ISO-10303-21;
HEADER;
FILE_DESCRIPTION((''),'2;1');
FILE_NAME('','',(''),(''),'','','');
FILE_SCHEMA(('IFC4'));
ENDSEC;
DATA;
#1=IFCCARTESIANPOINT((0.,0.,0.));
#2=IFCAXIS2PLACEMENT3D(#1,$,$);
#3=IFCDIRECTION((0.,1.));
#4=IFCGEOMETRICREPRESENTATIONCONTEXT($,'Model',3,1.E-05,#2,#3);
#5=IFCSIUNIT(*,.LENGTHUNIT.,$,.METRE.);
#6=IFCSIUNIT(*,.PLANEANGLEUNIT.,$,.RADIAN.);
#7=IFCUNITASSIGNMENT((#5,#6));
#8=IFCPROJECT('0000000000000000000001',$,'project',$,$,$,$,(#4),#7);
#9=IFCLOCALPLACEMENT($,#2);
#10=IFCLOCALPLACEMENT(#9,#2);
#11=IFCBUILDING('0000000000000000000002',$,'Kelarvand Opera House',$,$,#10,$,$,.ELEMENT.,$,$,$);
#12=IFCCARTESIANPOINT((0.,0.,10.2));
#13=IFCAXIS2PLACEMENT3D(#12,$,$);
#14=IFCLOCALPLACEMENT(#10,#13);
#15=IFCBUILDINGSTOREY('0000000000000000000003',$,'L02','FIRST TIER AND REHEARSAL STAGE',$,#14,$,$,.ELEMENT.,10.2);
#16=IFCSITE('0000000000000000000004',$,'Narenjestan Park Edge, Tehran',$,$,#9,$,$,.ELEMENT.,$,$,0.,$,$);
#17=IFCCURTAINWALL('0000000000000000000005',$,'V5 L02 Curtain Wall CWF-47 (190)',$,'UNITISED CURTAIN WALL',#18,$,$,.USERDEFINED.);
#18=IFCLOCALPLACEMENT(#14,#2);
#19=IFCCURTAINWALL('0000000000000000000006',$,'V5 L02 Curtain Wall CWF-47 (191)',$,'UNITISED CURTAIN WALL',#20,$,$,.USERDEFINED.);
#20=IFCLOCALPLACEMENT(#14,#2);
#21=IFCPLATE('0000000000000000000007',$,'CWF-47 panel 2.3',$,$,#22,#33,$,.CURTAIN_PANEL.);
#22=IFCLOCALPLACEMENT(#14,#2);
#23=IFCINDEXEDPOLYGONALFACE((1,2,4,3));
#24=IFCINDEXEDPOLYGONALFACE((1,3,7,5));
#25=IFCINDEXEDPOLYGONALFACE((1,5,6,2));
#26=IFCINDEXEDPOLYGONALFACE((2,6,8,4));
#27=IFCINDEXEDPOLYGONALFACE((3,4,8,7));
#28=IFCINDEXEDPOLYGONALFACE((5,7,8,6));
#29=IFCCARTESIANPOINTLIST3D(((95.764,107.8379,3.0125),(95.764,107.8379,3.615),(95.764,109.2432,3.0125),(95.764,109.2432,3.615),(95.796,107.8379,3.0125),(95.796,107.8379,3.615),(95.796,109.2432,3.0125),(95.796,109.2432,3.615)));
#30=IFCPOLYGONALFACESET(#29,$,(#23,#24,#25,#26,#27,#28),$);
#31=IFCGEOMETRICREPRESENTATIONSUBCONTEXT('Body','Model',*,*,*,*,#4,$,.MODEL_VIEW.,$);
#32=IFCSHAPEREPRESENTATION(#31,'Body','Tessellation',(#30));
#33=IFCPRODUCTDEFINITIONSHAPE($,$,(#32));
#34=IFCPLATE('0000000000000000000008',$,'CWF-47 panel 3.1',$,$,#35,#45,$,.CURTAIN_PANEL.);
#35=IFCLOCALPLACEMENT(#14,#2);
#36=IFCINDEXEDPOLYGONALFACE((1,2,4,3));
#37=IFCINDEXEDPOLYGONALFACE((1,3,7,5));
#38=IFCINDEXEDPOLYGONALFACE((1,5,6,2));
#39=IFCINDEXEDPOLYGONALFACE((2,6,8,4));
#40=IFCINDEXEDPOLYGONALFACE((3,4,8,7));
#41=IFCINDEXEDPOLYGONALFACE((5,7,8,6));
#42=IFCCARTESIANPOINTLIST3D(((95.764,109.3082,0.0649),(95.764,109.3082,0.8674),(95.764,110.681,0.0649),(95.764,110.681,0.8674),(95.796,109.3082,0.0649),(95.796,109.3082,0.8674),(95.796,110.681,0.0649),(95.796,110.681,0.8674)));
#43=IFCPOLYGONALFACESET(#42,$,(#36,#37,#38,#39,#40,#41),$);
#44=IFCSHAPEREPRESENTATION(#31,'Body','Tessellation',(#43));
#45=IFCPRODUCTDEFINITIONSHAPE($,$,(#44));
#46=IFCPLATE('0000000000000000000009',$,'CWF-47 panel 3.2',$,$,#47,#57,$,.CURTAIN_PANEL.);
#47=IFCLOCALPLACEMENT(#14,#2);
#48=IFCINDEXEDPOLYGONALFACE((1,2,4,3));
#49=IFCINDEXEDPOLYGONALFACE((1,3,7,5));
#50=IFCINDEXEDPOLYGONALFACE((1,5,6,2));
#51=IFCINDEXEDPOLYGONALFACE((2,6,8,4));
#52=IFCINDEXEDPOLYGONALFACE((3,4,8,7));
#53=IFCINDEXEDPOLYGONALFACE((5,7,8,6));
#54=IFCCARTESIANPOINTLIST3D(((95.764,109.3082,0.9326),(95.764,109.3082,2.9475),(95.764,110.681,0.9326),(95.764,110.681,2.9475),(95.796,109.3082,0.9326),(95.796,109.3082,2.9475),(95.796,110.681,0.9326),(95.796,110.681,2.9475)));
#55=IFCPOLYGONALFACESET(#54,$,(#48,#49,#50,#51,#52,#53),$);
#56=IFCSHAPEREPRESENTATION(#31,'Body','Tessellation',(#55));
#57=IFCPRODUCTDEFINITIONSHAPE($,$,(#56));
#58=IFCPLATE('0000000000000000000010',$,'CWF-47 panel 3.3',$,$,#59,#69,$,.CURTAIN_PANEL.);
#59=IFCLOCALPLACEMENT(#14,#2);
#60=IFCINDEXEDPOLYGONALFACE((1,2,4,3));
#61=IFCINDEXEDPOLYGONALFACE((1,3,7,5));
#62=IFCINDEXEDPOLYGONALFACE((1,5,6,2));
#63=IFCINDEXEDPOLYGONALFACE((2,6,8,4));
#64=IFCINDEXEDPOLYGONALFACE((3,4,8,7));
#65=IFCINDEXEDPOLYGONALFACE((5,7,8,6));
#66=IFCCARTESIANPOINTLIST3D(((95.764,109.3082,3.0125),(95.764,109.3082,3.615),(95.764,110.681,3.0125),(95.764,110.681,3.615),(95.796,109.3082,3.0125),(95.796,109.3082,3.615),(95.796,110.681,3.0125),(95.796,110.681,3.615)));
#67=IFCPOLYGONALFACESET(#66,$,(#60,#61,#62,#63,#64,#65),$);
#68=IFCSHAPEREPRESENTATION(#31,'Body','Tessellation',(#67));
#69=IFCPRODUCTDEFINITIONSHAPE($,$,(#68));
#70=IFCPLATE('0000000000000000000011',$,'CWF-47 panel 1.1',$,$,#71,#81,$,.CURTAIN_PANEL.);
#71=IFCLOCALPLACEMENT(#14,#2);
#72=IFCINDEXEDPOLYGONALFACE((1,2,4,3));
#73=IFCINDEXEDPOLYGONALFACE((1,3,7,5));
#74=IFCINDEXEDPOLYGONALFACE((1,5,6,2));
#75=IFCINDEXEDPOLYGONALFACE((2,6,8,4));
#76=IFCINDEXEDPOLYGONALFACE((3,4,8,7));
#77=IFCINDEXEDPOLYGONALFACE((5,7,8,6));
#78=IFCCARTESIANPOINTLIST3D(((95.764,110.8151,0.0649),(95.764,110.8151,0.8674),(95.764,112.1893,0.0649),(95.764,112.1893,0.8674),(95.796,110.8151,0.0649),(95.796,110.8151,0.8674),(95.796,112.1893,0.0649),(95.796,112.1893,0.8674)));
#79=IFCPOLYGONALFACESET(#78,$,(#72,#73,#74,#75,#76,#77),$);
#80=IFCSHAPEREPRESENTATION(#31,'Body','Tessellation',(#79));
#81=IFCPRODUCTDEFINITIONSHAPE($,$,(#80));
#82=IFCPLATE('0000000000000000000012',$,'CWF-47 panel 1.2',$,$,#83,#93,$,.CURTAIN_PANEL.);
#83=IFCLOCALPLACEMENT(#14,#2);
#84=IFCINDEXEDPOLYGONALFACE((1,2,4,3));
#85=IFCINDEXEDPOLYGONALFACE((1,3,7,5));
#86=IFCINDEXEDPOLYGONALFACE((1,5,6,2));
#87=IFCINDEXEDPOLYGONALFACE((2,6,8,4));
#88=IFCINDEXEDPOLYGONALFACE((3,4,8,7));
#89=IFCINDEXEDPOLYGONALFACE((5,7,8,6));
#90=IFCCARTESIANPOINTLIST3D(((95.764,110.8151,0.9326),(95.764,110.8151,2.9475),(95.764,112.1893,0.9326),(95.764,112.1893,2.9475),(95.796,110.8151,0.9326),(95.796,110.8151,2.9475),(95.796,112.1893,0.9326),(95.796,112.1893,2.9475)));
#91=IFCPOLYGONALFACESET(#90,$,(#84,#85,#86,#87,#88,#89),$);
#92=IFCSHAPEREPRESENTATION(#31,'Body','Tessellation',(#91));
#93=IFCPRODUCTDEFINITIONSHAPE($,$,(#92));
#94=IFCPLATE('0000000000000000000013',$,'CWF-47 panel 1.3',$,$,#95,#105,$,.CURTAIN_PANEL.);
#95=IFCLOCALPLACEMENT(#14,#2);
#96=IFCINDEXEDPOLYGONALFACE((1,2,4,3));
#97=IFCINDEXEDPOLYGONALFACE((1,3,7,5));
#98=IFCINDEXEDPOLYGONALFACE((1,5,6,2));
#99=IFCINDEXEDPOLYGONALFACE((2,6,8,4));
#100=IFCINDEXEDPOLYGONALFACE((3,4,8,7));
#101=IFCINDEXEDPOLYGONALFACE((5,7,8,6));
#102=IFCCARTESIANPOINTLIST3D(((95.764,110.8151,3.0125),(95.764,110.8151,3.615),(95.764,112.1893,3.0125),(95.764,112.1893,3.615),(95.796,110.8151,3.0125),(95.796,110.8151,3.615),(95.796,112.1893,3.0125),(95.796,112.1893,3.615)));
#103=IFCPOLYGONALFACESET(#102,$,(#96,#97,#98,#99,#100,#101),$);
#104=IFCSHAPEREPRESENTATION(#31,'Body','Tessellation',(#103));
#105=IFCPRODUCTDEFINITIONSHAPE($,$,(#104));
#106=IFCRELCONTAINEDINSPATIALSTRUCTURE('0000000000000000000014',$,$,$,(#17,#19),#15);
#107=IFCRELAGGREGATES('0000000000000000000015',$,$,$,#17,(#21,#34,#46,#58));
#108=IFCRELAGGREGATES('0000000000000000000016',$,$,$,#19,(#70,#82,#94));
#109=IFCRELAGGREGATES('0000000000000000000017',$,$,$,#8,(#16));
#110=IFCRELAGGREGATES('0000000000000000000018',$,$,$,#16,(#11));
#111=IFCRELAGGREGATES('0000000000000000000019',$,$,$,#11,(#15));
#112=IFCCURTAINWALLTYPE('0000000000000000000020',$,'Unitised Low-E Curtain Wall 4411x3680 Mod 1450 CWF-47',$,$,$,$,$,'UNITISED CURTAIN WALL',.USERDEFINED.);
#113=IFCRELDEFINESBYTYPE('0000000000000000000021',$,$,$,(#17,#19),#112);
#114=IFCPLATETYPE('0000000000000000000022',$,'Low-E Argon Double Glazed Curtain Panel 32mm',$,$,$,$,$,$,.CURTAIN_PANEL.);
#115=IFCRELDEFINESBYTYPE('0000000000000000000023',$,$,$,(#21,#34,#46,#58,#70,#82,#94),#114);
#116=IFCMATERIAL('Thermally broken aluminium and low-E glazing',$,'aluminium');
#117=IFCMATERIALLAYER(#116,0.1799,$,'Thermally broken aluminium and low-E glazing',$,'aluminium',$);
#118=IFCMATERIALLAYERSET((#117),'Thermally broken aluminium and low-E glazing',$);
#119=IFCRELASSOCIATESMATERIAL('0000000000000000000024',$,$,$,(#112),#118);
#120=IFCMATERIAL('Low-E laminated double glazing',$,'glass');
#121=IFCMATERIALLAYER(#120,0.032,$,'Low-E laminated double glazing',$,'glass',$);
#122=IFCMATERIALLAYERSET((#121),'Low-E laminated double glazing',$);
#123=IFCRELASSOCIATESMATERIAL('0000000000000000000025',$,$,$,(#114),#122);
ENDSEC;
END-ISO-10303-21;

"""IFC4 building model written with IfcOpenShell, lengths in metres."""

from ifc_helpers import new_model, si_unit, direction, frame, origin, origin_2d, place, context, subcontext, project, spatial, rectangle, extrude, material, layer, layer_set, type_object, element, aggregate, save


model = new_model("IFC4")

# Units and contexts
model_context = context("Model", 3, precision=1e-05, world=origin(), true_north=direction((0.0, 1.0)))
body_context = subcontext(model_context, "Body", "Model", "MODEL_VIEW")
ifc_project = project(units=[si_unit("LENGTHUNIT", "METRE"), si_unit("PLANEANGLEUNIT", "RADIAN")], contexts=[model_context])

# Site, building, storey
site_placement = place(None, origin())
site = spatial("IfcSite", under=ifc_project, at=site_placement, Name="Narenjestan Park Edge, Tehran", CompositionType="ELEMENT", RefElevation=0.0)
building_placement = place(site_placement, origin())
building = spatial("IfcBuilding", under=site, at=building_placement, Name="Kelarvand Opera House", CompositionType="ELEMENT")
storey_placement = place(building_placement, frame((0.0, 0.0, 10.2)))
storey = spatial("IfcBuildingStorey", under=building, at=storey_placement, Name="L02", Description="FIRST TIER AND REHEARSAL STAGE", CompositionType="ELEMENT", Elevation=10.2)

# Curtain walls
ifc_material_1 = material(Name="Thermally broken aluminium and low-E glazing", Category="aluminium")
ifc_layer_1 = layer(ifc_material_1, 0.1799, Name="Thermally broken aluminium and low-E glazing", Category="aluminium")
ifc_layer_set_1 = layer_set([ifc_layer_1], Name="Thermally broken aluminium and low-E glazing")
curtain_wall_type = type_object("IfcCurtainWallType", Name="Unitised Low-E Curtain Wall 4411x3680 Mod 1450 CWF-47", ElementType="UNITISED CURTAIN WALL", PredefinedType="USERDEFINED", material=ifc_layer_set_1)
curtain_wall_1_placement = place(storey_placement, origin())
curtain_wall_1 = element("IfcCurtainWall", 1, at=curtain_wall_1_placement, inside=storey, type_object=curtain_wall_type, Name="V5 L02 Curtain Wall CWF-47 (190)", ObjectType="UNITISED CURTAIN WALL", PredefinedType="USERDEFINED")
curtain_wall_2_placement = place(storey_placement, origin())
curtain_wall_2 = element("IfcCurtainWall", 2, at=curtain_wall_2_placement, inside=storey, type_object=curtain_wall_type, Name="V5 L02 Curtain Wall CWF-47 (191)", ObjectType="UNITISED CURTAIN WALL", PredefinedType="USERDEFINED")

# Plates
ifc_material_2 = material(Name="Low-E laminated double glazing", Category="glass")
ifc_layer_2 = layer(ifc_material_2, 0.032, Name="Low-E laminated double glazing", Category="glass")
ifc_layer_set_2 = layer_set([ifc_layer_2], Name="Low-E laminated double glazing")
plate_type = type_object("IfcPlateType", Name="Low-E Argon Double Glazed Curtain Panel 32mm", PredefinedType="CURTAIN_PANEL", material=ifc_layer_set_2)
plate_1_placement = place(storey_placement, frame((95.78, 108.5405, 3.0125), z_axis=(0.0, 0.0, 1.0), x_axis=(0.0, 1.0, 0.0)))
plate_1 = element("IfcPlate", 3, at=plate_1_placement, type_object=plate_type, Name="CWF-47 panel 2.3", PredefinedType="CURTAIN_PANEL", context=body_context, shape_type="SweptSolid", body=[
    extrude(rectangle(XDim=1.4053, YDim=0.032, at=origin_2d()), origin(), (0.0, 0.0, 1.0), 0.6025),
])
plate_2_placement = place(storey_placement, frame((95.78, 109.9946, 0.0649), z_axis=(0.0, 0.0, 1.0), x_axis=(0.0, 1.0, 0.0)))
plate_2 = element("IfcPlate", 4, at=plate_2_placement, type_object=plate_type, Name="CWF-47 panel 3.1", PredefinedType="CURTAIN_PANEL", context=body_context, shape_type="SweptSolid", body=[
    extrude(rectangle(XDim=1.3728, YDim=0.032, at=origin_2d()), origin(), (0.0, 0.0, 1.0), 0.8025),
])
plate_3_placement = place(storey_placement, frame((95.78, 109.9946, 0.9326), z_axis=(0.0, 0.0, 1.0), x_axis=(0.0, 1.0, 0.0)))
plate_3 = element("IfcPlate", 5, at=plate_3_placement, type_object=plate_type, Name="CWF-47 panel 3.2", PredefinedType="CURTAIN_PANEL", context=body_context, shape_type="SweptSolid", body=[
    extrude(rectangle(XDim=1.3728, YDim=0.032, at=origin_2d()), origin(), (0.0, 0.0, 1.0), 2.0149),
])
plate_4_placement = place(storey_placement, frame((95.78, 109.9946, 3.0125), z_axis=(0.0, 0.0, 1.0), x_axis=(0.0, 1.0, 0.0)))
plate_4 = element("IfcPlate", 6, at=plate_4_placement, type_object=plate_type, Name="CWF-47 panel 3.3", PredefinedType="CURTAIN_PANEL", context=body_context, shape_type="SweptSolid", body=[
    extrude(rectangle(XDim=1.3728, YDim=0.032, at=origin_2d()), origin(), (0.0, 0.0, 1.0), 0.6025),
])
aggregate(curtain_wall_1, [plate_1, plate_2, plate_3, plate_4])
plate_5_placement = place(storey_placement, frame((95.78, 111.5022, 0.0649), z_axis=(0.0, 0.0, 1.0), x_axis=(0.0, 1.0, 0.0)))
plate_5 = element("IfcPlate", 7, at=plate_5_placement, type_object=plate_type, Name="CWF-47 panel 1.1", PredefinedType="CURTAIN_PANEL", context=body_context, shape_type="SweptSolid", body=[
    extrude(rectangle(XDim=1.3743, YDim=0.032, at=origin_2d()), origin(), (0.0, 0.0, 1.0), 0.8025),
])
plate_6_placement = place(storey_placement, frame((95.78, 111.5022, 0.9326), z_axis=(0.0, 0.0, 1.0), x_axis=(0.0, 1.0, 0.0)))
plate_6 = element("IfcPlate", 8, at=plate_6_placement, type_object=plate_type, Name="CWF-47 panel 1.2", PredefinedType="CURTAIN_PANEL", context=body_context, shape_type="SweptSolid", body=[
    extrude(rectangle(XDim=1.3743, YDim=0.032, at=origin_2d()), origin(), (0.0, 0.0, 1.0), 2.0149),
])
plate_7_placement = place(storey_placement, frame((95.78, 111.5022, 3.0125), z_axis=(0.0, 0.0, 1.0), x_axis=(0.0, 1.0, 0.0)))
plate_7 = element("IfcPlate", 9, at=plate_7_placement, type_object=plate_type, Name="CWF-47 panel 1.3", PredefinedType="CURTAIN_PANEL", context=body_context, shape_type="SweptSolid", body=[
    extrude(rectangle(XDim=1.3743, YDim=0.032, at=origin_2d()), origin(), (0.0, 0.0, 1.0), 0.6025),
])
aggregate(curtain_wall_2, [plate_5, plate_6, plate_7])

save(model, "model.ifc")
